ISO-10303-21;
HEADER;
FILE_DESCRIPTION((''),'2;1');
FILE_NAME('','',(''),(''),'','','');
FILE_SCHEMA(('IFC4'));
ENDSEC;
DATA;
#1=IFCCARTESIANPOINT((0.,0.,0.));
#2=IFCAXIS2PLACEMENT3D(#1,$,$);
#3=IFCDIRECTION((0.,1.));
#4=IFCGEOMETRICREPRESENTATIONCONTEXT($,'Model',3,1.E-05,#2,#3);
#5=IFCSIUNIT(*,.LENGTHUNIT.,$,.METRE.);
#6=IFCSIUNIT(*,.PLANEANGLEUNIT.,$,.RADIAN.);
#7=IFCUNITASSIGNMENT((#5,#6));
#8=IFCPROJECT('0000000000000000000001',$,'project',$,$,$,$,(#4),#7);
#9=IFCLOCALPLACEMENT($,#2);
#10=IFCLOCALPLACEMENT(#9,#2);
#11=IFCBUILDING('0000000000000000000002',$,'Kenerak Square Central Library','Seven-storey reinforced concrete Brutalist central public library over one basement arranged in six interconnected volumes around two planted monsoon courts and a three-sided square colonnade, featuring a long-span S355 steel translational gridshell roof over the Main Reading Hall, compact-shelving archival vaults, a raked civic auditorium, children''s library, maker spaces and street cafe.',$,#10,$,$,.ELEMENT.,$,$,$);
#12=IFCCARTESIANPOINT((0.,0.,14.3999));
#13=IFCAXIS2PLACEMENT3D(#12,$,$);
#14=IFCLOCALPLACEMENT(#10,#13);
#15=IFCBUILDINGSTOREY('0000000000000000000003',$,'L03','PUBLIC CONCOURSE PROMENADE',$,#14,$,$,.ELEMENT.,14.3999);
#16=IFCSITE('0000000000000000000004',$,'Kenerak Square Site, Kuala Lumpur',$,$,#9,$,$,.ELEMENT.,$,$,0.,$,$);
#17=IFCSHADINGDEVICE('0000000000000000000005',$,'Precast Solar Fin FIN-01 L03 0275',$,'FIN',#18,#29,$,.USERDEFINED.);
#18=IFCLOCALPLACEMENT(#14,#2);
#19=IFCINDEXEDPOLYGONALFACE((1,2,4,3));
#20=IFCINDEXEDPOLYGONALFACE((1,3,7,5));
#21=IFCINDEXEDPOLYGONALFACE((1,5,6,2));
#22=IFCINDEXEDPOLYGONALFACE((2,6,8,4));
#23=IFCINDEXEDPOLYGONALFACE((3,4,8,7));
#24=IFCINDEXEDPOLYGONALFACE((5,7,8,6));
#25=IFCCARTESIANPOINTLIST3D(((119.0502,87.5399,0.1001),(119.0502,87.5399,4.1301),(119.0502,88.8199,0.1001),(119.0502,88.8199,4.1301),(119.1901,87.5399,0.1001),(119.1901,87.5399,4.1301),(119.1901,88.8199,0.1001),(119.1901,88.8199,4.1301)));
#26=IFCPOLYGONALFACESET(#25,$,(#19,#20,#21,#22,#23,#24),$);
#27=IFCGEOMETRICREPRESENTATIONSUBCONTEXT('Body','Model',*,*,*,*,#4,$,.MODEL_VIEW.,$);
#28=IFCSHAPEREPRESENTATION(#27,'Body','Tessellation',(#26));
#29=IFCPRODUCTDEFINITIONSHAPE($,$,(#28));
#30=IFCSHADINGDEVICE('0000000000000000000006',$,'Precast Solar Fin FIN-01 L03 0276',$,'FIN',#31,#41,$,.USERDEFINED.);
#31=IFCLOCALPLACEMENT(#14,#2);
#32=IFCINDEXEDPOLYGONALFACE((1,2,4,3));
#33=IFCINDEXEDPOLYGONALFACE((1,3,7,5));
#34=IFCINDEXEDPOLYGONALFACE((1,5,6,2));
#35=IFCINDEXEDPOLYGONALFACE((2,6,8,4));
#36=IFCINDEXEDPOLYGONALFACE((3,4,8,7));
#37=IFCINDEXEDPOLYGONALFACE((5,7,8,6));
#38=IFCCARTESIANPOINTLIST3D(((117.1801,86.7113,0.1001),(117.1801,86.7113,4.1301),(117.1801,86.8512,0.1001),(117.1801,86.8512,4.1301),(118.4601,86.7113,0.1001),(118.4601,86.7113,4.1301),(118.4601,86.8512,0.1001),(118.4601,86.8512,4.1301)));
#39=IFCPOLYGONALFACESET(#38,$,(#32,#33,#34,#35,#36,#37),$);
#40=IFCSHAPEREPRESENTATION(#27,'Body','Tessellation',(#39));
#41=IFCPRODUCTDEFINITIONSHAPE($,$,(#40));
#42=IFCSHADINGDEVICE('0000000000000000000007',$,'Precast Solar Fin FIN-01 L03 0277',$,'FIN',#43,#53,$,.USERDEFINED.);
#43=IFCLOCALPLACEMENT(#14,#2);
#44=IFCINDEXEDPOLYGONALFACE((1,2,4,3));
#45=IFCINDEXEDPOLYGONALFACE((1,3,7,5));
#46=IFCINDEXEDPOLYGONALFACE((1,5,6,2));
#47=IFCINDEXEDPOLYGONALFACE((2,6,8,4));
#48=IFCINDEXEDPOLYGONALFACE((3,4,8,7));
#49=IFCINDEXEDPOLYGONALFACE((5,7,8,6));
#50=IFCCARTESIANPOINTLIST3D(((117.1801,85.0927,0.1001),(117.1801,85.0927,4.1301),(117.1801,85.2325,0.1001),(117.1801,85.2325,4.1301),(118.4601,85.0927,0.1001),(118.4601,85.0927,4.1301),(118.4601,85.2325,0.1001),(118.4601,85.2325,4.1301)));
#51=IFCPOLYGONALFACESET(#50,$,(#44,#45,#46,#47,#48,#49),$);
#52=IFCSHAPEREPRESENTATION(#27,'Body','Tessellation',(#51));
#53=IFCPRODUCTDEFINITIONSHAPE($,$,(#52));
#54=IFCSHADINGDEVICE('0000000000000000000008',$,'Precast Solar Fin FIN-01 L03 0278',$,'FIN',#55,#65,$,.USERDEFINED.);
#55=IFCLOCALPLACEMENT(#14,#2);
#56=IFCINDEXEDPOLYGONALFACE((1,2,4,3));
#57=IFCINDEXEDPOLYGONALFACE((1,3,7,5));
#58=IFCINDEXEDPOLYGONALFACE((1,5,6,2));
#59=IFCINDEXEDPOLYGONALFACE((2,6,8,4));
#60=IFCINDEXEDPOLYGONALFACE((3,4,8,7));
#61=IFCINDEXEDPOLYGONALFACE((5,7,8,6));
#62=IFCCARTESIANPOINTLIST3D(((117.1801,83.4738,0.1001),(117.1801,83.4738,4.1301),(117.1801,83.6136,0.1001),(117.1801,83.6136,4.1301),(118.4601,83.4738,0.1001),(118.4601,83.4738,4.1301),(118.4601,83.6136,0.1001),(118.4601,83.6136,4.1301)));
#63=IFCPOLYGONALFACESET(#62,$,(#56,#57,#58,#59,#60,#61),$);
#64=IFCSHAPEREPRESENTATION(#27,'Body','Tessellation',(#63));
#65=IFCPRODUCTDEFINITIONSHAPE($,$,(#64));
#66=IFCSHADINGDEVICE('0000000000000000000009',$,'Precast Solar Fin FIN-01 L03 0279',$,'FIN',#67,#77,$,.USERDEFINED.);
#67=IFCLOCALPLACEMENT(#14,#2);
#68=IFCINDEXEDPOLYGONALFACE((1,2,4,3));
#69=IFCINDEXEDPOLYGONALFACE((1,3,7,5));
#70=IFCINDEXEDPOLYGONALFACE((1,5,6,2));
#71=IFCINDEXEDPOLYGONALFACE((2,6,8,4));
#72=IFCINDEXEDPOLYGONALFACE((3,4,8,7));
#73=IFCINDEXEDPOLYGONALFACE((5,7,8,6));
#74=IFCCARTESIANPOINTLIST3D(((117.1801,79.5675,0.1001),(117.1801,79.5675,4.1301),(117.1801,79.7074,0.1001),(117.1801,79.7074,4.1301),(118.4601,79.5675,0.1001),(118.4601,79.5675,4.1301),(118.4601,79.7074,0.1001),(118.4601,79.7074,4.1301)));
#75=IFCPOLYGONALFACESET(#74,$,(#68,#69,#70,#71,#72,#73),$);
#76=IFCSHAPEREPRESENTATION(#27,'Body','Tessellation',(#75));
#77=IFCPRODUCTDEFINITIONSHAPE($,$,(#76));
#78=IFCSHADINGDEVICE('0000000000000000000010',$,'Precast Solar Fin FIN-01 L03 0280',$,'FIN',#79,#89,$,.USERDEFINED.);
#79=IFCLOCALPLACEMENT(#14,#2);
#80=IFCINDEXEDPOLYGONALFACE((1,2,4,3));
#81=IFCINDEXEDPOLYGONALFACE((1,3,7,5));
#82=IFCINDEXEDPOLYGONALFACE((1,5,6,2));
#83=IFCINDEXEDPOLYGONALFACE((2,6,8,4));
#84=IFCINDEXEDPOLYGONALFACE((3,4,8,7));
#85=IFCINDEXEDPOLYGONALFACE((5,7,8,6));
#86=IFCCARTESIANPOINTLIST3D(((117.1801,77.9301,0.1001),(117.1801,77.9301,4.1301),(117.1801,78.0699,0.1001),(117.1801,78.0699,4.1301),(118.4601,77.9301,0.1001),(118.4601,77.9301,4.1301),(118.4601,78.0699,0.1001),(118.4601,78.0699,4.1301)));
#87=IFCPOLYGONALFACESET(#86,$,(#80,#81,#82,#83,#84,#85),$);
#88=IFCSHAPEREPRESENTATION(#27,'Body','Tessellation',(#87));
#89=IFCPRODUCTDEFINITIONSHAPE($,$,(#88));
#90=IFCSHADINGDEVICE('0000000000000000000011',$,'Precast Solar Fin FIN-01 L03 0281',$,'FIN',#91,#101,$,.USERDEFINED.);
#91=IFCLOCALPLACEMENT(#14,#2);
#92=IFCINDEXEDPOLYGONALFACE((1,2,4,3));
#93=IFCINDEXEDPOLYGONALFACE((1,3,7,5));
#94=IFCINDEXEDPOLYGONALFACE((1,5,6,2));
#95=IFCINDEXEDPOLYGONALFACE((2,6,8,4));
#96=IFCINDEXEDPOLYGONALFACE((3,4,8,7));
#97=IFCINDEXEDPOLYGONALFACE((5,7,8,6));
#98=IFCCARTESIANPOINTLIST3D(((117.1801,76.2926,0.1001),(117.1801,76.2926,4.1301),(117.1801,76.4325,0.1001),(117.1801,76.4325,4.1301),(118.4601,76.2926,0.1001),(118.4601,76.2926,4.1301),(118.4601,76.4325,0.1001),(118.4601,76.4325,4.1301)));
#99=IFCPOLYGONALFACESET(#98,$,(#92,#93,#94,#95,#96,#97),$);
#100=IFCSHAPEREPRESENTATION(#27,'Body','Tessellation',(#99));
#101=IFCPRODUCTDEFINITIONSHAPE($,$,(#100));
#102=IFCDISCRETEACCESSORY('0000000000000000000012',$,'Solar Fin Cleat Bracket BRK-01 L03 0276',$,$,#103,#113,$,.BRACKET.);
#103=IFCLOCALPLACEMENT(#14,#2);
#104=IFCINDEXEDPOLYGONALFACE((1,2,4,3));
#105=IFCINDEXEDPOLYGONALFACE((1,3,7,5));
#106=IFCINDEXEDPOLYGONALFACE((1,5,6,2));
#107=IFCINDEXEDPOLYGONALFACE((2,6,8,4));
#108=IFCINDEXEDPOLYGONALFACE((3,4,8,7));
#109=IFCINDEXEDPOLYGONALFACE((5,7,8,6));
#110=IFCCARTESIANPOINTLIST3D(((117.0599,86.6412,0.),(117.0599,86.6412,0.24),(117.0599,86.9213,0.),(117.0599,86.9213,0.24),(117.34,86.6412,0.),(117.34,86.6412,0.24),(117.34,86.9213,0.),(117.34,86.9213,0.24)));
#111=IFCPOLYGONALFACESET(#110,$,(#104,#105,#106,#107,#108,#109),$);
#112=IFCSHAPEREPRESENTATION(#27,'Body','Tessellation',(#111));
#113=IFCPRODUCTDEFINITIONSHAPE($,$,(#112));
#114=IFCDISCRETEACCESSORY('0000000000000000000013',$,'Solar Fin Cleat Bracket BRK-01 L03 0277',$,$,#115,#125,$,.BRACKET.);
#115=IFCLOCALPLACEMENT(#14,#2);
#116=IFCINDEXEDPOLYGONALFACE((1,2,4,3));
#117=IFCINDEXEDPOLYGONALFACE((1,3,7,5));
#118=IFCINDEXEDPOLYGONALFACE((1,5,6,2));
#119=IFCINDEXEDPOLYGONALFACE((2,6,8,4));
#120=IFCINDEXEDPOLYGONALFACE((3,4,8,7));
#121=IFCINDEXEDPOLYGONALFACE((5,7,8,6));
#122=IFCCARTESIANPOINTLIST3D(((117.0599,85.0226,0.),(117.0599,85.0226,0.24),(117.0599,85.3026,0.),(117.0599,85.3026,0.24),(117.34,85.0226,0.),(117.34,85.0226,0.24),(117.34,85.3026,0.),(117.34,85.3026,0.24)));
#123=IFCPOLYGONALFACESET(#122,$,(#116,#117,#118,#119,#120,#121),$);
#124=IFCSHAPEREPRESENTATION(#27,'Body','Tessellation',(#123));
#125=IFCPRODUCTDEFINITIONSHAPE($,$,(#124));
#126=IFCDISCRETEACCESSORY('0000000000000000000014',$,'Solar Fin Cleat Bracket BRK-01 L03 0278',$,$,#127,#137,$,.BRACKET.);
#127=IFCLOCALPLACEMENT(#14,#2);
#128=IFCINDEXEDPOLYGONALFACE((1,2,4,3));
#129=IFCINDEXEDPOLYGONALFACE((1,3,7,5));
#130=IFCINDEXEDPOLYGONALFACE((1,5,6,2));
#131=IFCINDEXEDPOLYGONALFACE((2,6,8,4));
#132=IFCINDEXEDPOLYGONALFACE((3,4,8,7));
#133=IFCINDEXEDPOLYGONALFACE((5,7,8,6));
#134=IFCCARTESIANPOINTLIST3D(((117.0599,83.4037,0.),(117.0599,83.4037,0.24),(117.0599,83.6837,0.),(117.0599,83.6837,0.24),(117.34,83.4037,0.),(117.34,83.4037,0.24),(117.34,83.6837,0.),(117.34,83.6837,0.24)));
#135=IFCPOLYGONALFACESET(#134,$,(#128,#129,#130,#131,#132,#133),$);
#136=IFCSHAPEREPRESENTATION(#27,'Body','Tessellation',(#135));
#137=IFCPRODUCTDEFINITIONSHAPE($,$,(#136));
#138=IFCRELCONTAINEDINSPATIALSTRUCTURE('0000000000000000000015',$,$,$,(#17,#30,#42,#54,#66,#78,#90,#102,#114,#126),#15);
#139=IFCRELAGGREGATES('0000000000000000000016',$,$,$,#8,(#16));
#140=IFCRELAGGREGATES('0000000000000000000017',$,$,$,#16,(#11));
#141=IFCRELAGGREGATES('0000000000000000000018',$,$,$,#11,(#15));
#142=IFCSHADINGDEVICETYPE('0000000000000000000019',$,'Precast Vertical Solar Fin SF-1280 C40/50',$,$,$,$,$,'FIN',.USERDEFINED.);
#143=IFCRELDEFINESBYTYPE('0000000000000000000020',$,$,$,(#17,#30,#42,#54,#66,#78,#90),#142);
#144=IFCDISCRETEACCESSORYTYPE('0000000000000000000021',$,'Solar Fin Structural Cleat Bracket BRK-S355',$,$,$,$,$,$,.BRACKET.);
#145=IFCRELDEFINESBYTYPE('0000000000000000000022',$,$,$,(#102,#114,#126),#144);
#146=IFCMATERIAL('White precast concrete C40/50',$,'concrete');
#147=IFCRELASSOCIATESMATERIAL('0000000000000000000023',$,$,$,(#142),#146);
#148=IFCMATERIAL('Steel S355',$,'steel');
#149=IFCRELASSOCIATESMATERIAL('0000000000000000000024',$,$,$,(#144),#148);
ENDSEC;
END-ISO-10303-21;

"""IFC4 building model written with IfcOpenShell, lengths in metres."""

from ifc_helpers import new_model, si_unit, direction, frame, origin, origin_2d, place, context, subcontext, project, spatial, rectangle, extrude, material, type_object, element, save


model = new_model("IFC4")

# Units and contexts
model_context = context("Model", 3, precision=1e-05, world=origin(), true_north=direction((0.0, 1.0)))
body_context = subcontext(model_context, "Body", "Model", "MODEL_VIEW")
ifc_project = project(units=[si_unit("LENGTHUNIT", "METRE"), si_unit("PLANEANGLEUNIT", "RADIAN")], contexts=[model_context])

# Site, building, storey
site_placement = place(None, origin())
site = spatial("IfcSite", under=ifc_project, at=site_placement, Name="Kenerak Square Site, Kuala Lumpur", CompositionType="ELEMENT", RefElevation=0.0)
building_placement = place(site_placement, origin())
building = spatial("IfcBuilding", under=site, at=building_placement, Name="Kenerak Square Central Library", Description="Seven-storey reinforced concrete Brutalist central public library over one basement arranged in six interconnected volumes around two planted monsoon courts and a three-sided square colonnade, featuring a long-span S355 steel translational gridshell roof over the Main Reading Hall, compact-shelving archival vaults, a raked civic auditorium, children's library, maker spaces and street cafe.", CompositionType="ELEMENT")
storey_placement = place(building_placement, frame((0.0, 0.0, 14.3999)))
storey = spatial("IfcBuildingStorey", under=building, at=storey_placement, Name="L03", Description="PUBLIC CONCOURSE PROMENADE", CompositionType="ELEMENT", Elevation=14.3999)

# Shading devices
ifc_material_1 = material(Name="White precast concrete C40/50", Category="concrete")
shading_device_type = type_object("IfcShadingDeviceType", Name="Precast Vertical Solar Fin SF-1280 C40/50", ElementType="FIN", PredefinedType="USERDEFINED", material=ifc_material_1)
for number, where, z_axis, x_axis, name in (
    (1, (119.1201, 88.1799, 0.1001), (0.0, 0.0, 1.0), (-1.0, 0.0, 0.0), "Precast Solar Fin FIN-01 L03 0275"),
    (2, (117.8201, 86.7812, 0.1001), (0.0, 0.0, 1.0), (0.0, -1.0, 0.0), "Precast Solar Fin FIN-01 L03 0276"),
    (3, (117.8201, 85.1626, 0.1001), (0.0, 0.0, 1.0), (0.0, -1.0, 0.0), "Precast Solar Fin FIN-01 L03 0277"),
    (4, (117.8201, 83.5437, 0.1001), (0.0, 0.0, 1.0), (0.0, -1.0, 0.0), "Precast Solar Fin FIN-01 L03 0278"),
    (5, (117.8201, 79.6375, 0.1001), (0.0, 0.0, 1.0), (0.0, -1.0, 0.0), "Precast Solar Fin FIN-01 L03 0279"),
    (6, (117.8201, 78.0, 0.1001), (0.0, 0.0, 1.0), (0.0, -1.0, 0.0), "Precast Solar Fin FIN-01 L03 0280"),
    (7, (117.8201, 76.3625, 0.1001), (0.0, 0.0, 1.0), (0.0, -1.0, 0.0), "Precast Solar Fin FIN-01 L03 0281"),
):
    element("IfcShadingDevice", number, at=place(storey_placement, frame(where, z_axis=z_axis, x_axis=x_axis)), inside=storey, type_object=shading_device_type, Name=name, ObjectType="FIN", PredefinedType="USERDEFINED", context=body_context, shape_type="SweptSolid", body=[
        extrude(rectangle(XDim=0.1399, YDim=1.28, at=origin_2d()), origin(), (0.0, 0.0, 1.0), 4.03),
    ])

# Discrete accessories
ifc_material_2 = material(Name="Steel S355", Category="steel")
discrete_accessory_type = type_object("IfcDiscreteAccessoryType", Name="Solar Fin Structural Cleat Bracket BRK-S355", PredefinedType="BRACKET", material=ifc_material_2)
for number, where, z_axis, x_axis, name in (
    (8, (117.2, 86.7812, 0.0), (0.0, 0.0, 1.0), (0.0, -1.0, 0.0), "Solar Fin Cleat Bracket BRK-01 L03 0276"),
    (9, (117.2, 85.1626, 0.0), (0.0, 0.0, 1.0), (0.0, -1.0, 0.0), "Solar Fin Cleat Bracket BRK-01 L03 0277"),
    (10, (117.2, 83.5437, 0.0), (0.0, 0.0, 1.0), (0.0, -1.0, 0.0), "Solar Fin Cleat Bracket BRK-01 L03 0278"),
):
    element("IfcDiscreteAccessory", number, at=place(storey_placement, frame(where, z_axis=z_axis, x_axis=x_axis)), inside=storey, type_object=discrete_accessory_type, Name=name, PredefinedType="BRACKET", context=body_context, shape_type="SweptSolid", body=[
        extrude(rectangle(XDim=0.28, YDim=0.28, at=origin_2d()), origin(), (0.0, 0.0, 1.0), 0.24),
    ])

save(model, "model.ifc")
